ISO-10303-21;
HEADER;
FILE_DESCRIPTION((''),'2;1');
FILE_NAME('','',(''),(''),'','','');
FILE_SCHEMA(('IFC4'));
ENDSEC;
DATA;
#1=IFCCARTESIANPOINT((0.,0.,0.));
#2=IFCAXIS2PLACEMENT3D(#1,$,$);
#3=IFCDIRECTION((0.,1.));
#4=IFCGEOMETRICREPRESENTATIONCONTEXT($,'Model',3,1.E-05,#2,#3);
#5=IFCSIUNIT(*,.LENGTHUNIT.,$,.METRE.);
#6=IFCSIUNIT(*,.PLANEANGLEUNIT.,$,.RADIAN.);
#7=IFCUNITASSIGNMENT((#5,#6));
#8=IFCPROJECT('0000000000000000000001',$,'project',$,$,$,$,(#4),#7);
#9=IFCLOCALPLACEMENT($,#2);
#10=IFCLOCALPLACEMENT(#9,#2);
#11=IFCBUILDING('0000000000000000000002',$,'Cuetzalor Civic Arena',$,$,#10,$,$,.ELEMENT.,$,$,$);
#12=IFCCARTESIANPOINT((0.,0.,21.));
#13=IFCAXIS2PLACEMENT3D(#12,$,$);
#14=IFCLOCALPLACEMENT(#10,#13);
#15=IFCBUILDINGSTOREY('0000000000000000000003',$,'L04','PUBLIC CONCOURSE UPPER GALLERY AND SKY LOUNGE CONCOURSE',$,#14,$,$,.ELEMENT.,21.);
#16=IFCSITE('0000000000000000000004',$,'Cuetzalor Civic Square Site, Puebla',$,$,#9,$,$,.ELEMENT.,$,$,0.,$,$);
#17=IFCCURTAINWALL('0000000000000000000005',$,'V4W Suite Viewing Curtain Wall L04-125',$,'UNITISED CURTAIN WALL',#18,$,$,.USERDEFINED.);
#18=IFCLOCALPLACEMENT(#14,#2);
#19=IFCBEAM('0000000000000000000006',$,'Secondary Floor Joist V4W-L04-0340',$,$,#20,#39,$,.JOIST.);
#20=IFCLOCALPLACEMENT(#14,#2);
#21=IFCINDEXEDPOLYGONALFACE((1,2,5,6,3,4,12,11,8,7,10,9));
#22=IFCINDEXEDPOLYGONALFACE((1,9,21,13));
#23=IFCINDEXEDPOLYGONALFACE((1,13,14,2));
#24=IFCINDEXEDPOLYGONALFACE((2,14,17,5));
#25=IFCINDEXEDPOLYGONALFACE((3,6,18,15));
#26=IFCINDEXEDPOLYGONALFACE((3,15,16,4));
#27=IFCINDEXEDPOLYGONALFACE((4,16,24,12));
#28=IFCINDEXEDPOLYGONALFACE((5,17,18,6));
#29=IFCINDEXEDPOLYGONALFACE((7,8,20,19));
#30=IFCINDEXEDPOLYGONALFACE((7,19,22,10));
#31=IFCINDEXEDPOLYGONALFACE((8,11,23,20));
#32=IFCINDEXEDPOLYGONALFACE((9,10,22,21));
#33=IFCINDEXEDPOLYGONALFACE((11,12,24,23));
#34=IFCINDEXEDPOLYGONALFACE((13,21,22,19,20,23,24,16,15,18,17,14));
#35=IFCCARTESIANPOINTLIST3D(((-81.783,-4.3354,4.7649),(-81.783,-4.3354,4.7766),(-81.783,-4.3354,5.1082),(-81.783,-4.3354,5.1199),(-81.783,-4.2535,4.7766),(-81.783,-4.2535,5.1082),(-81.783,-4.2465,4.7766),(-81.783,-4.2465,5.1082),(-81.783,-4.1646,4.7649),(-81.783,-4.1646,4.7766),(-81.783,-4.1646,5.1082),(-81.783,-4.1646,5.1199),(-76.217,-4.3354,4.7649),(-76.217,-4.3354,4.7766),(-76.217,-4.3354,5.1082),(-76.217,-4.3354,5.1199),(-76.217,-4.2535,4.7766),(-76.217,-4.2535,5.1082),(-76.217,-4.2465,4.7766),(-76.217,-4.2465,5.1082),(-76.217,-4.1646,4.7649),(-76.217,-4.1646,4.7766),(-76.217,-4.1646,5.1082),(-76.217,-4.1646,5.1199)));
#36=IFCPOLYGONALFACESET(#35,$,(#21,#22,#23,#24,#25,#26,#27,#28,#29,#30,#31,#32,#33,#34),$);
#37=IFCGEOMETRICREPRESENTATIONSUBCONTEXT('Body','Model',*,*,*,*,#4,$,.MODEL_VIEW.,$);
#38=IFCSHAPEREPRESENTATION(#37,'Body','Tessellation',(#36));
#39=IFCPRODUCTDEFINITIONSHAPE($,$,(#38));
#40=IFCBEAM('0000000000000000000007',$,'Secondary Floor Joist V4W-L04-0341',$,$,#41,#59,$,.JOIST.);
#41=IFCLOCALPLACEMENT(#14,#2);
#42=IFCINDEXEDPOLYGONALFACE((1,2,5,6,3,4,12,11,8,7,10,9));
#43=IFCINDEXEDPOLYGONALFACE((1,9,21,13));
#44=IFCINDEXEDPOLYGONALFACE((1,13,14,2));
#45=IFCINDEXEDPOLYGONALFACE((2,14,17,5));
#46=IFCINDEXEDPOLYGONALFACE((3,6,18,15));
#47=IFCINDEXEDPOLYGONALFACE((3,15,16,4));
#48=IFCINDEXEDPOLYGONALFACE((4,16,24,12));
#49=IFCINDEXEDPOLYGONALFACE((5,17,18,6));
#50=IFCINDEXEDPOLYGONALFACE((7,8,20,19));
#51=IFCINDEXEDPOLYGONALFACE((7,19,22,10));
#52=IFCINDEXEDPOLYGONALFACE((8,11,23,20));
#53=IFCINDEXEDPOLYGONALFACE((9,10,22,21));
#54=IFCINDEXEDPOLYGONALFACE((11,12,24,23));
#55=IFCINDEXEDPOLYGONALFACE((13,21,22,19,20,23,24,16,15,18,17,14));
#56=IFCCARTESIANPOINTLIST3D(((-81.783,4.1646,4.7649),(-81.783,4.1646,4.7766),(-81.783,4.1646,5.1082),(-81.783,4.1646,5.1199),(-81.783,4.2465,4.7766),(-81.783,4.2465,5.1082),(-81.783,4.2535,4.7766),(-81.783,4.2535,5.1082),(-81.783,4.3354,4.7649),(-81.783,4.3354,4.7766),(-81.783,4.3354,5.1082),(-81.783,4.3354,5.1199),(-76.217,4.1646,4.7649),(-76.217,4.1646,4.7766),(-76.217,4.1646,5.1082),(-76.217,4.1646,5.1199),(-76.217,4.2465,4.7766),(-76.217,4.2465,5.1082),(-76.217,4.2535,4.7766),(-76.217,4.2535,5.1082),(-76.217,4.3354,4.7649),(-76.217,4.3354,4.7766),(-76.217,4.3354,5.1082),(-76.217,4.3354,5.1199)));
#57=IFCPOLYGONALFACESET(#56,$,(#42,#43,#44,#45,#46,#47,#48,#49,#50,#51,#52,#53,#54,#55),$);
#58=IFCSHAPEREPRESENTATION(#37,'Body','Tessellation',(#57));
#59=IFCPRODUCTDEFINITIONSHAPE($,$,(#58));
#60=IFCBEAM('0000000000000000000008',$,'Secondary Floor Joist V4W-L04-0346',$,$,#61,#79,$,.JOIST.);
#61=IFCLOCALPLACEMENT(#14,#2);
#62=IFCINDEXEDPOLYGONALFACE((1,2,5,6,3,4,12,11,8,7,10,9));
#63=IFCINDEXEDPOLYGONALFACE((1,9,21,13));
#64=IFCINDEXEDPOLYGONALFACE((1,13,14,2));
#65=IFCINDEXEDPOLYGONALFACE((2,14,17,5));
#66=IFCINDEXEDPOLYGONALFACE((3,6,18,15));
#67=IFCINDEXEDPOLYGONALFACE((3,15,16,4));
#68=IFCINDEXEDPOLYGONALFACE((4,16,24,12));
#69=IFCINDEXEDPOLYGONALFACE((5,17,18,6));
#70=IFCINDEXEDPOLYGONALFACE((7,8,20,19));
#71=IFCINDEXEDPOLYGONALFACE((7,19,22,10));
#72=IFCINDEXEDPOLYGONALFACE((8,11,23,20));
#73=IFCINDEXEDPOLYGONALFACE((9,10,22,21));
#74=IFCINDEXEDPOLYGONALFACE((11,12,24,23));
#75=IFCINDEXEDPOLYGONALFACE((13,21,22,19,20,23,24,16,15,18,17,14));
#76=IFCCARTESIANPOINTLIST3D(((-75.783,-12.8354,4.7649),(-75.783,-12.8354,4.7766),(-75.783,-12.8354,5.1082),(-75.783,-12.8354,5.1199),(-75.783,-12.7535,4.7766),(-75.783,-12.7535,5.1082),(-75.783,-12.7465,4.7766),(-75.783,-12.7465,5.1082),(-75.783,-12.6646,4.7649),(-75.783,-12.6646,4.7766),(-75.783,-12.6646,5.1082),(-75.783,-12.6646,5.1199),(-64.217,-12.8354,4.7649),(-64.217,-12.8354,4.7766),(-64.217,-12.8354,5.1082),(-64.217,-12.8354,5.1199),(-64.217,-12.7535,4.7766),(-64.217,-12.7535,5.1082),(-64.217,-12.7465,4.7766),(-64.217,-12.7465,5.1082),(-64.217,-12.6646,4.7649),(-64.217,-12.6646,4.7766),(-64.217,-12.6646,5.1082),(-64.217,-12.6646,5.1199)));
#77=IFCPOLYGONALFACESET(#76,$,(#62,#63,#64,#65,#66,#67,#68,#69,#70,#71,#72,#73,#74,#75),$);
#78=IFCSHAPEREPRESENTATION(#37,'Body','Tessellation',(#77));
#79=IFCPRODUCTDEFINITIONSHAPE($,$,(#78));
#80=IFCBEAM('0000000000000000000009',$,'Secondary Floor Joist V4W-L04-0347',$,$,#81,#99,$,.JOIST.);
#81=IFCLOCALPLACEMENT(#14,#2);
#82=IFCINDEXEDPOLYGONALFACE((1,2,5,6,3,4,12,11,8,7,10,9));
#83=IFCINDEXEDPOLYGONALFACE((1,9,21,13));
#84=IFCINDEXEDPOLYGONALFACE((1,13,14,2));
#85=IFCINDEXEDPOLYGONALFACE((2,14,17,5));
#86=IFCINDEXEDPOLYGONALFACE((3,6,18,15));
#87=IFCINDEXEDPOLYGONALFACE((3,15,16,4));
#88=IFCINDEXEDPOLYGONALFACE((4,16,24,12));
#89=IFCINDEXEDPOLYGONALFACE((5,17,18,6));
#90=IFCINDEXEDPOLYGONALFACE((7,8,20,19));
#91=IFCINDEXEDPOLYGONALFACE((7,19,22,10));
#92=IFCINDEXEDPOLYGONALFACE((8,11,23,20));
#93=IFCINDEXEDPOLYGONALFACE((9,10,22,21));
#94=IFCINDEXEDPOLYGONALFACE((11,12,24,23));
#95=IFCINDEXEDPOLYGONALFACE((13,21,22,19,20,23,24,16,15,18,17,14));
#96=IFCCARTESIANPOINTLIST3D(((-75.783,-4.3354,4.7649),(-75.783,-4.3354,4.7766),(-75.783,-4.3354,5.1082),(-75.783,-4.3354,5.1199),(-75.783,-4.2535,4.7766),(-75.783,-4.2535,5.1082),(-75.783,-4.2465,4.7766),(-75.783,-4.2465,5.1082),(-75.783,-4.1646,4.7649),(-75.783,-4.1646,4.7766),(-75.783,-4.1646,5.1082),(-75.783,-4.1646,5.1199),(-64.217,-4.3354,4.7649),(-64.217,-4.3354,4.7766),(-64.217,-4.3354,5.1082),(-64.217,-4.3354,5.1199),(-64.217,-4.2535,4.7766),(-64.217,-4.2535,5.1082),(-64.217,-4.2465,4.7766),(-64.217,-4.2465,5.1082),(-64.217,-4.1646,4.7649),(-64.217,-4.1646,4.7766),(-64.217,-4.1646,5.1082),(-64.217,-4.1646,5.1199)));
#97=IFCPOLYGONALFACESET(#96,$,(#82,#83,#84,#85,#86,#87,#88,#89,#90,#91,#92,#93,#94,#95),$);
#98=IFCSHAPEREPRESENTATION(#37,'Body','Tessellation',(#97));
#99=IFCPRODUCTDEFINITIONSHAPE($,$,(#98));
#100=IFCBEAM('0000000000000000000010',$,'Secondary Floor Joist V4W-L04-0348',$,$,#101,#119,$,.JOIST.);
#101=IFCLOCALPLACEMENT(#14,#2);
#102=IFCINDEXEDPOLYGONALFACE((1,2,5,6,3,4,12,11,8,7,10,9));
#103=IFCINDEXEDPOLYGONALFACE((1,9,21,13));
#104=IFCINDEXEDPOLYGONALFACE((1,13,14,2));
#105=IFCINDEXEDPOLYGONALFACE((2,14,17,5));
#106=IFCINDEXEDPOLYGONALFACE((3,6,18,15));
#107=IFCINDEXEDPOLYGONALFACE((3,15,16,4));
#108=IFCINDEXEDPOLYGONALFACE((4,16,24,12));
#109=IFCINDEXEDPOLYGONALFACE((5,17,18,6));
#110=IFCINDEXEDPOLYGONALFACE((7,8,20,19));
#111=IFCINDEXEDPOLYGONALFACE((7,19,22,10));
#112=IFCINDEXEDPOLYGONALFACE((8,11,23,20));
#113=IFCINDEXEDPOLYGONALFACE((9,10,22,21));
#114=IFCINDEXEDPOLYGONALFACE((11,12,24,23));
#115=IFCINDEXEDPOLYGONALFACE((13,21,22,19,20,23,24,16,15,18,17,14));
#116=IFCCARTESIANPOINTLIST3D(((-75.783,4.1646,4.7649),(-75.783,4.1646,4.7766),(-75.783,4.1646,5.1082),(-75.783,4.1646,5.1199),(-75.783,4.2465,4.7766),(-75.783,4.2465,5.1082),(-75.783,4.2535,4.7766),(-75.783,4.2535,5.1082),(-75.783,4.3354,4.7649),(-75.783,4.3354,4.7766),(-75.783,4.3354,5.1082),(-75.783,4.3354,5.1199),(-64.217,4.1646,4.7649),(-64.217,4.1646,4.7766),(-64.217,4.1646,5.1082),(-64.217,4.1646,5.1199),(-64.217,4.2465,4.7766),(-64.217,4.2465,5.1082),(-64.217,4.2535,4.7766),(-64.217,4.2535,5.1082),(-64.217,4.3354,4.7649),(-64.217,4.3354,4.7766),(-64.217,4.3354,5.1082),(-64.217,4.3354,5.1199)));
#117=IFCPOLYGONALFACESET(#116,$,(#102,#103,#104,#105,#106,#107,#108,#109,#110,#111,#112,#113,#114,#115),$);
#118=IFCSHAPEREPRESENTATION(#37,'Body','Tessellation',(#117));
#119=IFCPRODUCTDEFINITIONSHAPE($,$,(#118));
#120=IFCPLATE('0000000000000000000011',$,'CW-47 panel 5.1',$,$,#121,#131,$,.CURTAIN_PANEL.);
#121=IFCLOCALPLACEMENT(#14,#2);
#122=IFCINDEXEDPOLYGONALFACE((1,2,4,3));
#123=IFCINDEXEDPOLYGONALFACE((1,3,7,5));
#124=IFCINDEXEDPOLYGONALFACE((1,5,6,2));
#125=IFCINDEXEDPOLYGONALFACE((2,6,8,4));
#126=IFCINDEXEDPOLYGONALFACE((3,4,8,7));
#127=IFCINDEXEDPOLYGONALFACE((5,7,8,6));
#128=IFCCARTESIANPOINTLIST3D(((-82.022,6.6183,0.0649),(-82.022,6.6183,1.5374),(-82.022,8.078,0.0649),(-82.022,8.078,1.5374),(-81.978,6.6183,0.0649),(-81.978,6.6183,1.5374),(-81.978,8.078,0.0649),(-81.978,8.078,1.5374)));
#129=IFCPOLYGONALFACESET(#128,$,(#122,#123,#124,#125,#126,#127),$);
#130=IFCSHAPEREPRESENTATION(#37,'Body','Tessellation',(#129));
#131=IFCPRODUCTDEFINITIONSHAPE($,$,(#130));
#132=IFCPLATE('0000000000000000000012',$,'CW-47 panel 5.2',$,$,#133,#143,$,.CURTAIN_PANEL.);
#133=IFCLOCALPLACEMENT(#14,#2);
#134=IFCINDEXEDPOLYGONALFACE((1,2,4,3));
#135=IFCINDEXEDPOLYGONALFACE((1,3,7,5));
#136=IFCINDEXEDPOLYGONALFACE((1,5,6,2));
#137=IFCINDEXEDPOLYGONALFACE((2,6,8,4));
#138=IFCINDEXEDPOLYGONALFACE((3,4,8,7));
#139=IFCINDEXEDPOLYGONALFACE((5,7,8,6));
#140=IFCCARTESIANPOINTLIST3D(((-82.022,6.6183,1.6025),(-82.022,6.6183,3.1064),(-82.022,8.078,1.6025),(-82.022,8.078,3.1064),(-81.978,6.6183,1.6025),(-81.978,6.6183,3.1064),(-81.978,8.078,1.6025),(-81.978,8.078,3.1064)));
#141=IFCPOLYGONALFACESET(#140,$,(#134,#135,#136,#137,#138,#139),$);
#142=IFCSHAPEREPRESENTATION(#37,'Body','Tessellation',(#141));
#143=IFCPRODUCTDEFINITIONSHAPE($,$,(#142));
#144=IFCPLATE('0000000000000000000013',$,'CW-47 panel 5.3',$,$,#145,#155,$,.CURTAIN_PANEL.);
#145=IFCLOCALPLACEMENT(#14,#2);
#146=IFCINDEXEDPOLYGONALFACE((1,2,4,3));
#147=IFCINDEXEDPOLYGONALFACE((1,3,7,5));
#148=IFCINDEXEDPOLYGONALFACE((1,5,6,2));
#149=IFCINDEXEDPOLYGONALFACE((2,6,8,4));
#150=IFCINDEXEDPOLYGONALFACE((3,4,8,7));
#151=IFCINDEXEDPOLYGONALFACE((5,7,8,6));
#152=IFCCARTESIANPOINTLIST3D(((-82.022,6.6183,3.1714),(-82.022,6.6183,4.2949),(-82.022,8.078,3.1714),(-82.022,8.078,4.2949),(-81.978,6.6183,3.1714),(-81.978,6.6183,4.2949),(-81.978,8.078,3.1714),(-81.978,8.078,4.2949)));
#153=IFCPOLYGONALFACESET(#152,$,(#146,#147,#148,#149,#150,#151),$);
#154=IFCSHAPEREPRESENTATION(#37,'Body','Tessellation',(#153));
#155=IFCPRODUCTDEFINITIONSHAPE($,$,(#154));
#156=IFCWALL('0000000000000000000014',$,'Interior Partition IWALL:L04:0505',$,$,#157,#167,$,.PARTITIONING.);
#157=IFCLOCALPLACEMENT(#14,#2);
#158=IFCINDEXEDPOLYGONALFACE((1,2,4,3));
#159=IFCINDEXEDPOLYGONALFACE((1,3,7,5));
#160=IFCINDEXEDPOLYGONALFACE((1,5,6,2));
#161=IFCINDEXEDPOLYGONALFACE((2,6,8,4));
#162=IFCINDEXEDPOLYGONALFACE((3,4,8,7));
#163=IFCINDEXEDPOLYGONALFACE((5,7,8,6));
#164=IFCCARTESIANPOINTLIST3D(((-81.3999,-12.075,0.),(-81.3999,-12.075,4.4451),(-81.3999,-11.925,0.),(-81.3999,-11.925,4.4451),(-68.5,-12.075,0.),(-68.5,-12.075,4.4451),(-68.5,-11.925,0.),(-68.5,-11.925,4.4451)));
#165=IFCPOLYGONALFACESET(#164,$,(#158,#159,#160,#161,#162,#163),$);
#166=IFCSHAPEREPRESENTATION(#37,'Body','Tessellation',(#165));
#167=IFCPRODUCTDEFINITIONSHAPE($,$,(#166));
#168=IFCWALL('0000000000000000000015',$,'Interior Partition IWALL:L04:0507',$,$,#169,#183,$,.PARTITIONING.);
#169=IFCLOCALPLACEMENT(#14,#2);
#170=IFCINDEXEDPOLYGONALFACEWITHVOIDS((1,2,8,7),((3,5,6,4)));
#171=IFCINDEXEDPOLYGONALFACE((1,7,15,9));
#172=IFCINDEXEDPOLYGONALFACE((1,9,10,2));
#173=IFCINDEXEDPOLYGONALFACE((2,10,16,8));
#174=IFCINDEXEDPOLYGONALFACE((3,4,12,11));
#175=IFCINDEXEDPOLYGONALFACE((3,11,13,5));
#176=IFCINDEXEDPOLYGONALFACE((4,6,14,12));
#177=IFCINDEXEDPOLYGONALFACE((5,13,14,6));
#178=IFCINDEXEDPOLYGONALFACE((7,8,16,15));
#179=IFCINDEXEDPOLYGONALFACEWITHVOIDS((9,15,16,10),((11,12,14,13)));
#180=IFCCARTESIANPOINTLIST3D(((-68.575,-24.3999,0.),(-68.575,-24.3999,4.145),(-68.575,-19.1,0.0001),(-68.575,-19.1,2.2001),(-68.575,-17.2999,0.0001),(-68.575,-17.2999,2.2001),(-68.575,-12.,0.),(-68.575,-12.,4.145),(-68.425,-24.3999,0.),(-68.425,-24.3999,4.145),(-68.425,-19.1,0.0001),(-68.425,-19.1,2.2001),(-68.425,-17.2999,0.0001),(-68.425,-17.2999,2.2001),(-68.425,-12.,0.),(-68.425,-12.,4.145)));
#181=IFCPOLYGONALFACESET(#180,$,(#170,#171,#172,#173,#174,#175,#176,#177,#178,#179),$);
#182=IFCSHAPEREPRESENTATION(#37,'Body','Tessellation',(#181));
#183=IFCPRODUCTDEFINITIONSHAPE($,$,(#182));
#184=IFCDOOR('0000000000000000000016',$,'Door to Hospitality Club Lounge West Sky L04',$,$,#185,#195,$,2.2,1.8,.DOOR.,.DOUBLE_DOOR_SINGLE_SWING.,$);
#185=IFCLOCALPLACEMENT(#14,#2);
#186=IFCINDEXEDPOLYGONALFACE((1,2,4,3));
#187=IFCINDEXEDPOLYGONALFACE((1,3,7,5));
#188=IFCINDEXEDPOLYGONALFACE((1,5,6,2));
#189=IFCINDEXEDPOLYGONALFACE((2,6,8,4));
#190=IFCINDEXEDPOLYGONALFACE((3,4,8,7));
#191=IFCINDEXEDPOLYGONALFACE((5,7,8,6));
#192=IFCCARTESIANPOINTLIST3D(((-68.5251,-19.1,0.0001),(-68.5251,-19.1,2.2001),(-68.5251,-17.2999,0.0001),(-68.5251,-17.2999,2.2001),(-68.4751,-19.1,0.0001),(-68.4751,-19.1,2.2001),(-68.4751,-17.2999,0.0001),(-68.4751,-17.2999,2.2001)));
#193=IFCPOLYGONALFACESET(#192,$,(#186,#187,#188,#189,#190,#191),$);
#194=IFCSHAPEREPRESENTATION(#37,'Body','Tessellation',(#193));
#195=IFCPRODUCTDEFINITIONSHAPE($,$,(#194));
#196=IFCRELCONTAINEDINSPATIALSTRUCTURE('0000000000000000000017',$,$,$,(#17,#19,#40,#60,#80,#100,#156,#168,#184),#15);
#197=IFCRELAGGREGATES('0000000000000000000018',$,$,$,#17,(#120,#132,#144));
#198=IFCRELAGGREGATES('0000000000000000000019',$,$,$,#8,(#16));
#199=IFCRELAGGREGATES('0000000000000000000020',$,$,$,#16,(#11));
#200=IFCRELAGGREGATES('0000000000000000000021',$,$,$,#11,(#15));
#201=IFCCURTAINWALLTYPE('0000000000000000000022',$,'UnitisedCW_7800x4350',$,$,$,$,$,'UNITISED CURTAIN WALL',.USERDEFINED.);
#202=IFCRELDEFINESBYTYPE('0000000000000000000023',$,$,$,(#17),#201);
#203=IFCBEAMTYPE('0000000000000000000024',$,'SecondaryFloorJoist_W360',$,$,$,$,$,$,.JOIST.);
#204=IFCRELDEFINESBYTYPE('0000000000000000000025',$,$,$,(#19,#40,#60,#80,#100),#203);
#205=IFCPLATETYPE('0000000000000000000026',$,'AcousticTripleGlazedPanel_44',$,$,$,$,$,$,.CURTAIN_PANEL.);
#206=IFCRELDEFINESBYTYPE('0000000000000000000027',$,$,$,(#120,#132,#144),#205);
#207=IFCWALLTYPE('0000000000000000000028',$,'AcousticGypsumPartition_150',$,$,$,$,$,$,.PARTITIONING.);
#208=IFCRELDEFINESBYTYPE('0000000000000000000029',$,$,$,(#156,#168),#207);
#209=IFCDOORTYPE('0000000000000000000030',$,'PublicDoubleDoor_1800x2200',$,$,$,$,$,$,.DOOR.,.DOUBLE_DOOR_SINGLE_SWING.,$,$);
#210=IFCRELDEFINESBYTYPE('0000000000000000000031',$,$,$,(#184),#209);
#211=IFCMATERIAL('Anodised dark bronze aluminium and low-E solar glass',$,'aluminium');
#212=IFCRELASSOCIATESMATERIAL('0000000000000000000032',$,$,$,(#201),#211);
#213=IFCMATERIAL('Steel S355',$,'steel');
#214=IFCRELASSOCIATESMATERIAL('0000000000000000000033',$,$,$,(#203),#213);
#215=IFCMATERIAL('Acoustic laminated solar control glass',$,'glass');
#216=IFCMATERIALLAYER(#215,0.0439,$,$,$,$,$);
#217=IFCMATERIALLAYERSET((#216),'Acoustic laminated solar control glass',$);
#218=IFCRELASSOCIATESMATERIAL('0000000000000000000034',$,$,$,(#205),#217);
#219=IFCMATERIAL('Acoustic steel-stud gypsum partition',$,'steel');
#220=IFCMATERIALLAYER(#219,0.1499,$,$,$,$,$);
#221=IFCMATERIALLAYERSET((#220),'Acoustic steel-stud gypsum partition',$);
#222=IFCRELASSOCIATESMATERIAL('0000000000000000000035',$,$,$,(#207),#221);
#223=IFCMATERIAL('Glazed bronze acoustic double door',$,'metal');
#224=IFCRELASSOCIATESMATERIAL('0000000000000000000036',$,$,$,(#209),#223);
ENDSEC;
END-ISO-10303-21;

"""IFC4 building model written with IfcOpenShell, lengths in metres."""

from ifc_helpers import new_model, si_unit, direction, frame, frame_2d, origin, origin_2d, place, context, subcontext, project, spatial, rectangle, i_section, extrude, material, layer, layer_set, material_profile, profile_set, type_object, element, fill, aggregate, save


model = new_model("IFC4")

# Units and contexts
model_context = context("Model", 3, precision=1e-05, world=origin(), true_north=direction((0.0, 1.0)))
body_context = subcontext(model_context, "Body", "Model", "MODEL_VIEW")
ifc_project = project(units=[si_unit("LENGTHUNIT", "METRE"), si_unit("PLANEANGLEUNIT", "RADIAN")], contexts=[model_context])

# Site, building, storey
site_placement = place(None, origin())
site = spatial("IfcSite", under=ifc_project, at=site_placement, Name="Cuetzalor Civic Square Site, Puebla", CompositionType="ELEMENT", RefElevation=0.0)
building_placement = place(site_placement, origin())
building = spatial("IfcBuilding", under=site, at=building_placement, Name="Cuetzalor Civic Arena", CompositionType="ELEMENT")
storey_placement = place(building_placement, frame((0.0, 0.0, 21.0)))
storey = spatial("IfcBuildingStorey", under=building, at=storey_placement, Name="L04", Description="PUBLIC CONCOURSE UPPER GALLERY AND SKY LOUNGE CONCOURSE", CompositionType="ELEMENT", Elevation=21.0)

# Curtain wall
ifc_material_1 = material(Name="Anodised dark bronze aluminium and low-E solar glass", Category="aluminium")
curtain_wall_type = type_object("IfcCurtainWallType", Name="UnitisedCW_7800x4350", ElementType="UNITISED CURTAIN WALL", PredefinedType="USERDEFINED", material=ifc_material_1)
curtain_wall_placement = place(storey_placement, origin())
curtain_wall = element("IfcCurtainWall", 1, at=curtain_wall_placement, inside=storey, type_object=curtain_wall_type, Name="V4W Suite Viewing Curtain Wall L04-125", ObjectType="UNITISED CURTAIN WALL", PredefinedType="USERDEFINED")

# Beams
ifc_material_2 = material(Name="Steel S355", Category="steel")
ifc_material_profile_1 = material_profile(ifc_material_2, i_section(OverallWidth=0.1709, OverallDepth=0.355, WebThickness=0.0071, FlangeThickness=0.0117, at=origin_2d()), Name="W360x51")
ifc_profile_set_1 = profile_set([ifc_material_profile_1], Name="Steel S355")
beam_type_1 = type_object("IfcBeamType", Name="SecondaryFloorJoist_W360", PredefinedType="JOIST", material=ifc_profile_set_1)
for number, where, z_axis, x_axis, name in (
    (2, (-81.783, -4.25, 4.9424), (1.0, 0.0, 0.0), (0.0, 1.0, 0.0), "Secondary Floor Joist V4W-L04-0340"),
    (3, (-81.783, 4.25, 4.9424), (1.0, 0.0, 0.0), (0.0, 1.0, 0.0), "Secondary Floor Joist V4W-L04-0341"),
):
    element("IfcBeam", number, at=place(storey_placement, frame(where, z_axis=z_axis, x_axis=x_axis)), inside=storey, type_object=beam_type_1, Name=name, PredefinedType="JOIST", context=body_context, shape_type="SweptSolid", body=[
        extrude(i_section(OverallWidth=0.1709, OverallDepth=0.355, WebThickness=0.0071, FlangeThickness=0.0117, at=origin_2d()), origin(), (0.0, 0.0, 1.0), 5.5659),
    ])
for number, where, z_axis, x_axis, name in (
    (4, (-75.783, -12.75, 4.9424), (1.0, 0.0, 0.0), (0.0, 1.0, 0.0), "Secondary Floor Joist V4W-L04-0346"),
    (5, (-75.783, -4.25, 4.9424), (1.0, 0.0, 0.0), (0.0, 1.0, 0.0), "Secondary Floor Joist V4W-L04-0347"),
    (6, (-75.783, 4.25, 4.9424), (1.0, 0.0, 0.0), (0.0, 1.0, 0.0), "Secondary Floor Joist V4W-L04-0348"),
):
    element("IfcBeam", number, at=place(storey_placement, frame(where, z_axis=z_axis, x_axis=x_axis)), inside=storey, type_object=beam_type_1, Name=name, PredefinedType="JOIST", context=body_context, shape_type="SweptSolid", body=[
        extrude(i_section(OverallWidth=0.1709, OverallDepth=0.355, WebThickness=0.0071, FlangeThickness=0.0117, at=origin_2d()), origin(), (0.0, 0.0, 1.0), 11.5659),
    ])

# Plates
ifc_material_3 = material(Name="Acoustic laminated solar control glass", Category="glass")
ifc_layer_1 = layer(ifc_material_3, 0.0439)
ifc_layer_set_1 = layer_set([ifc_layer_1], Name="Acoustic laminated solar control glass")
plate_type = type_object("IfcPlateType", Name="AcousticTripleGlazedPanel_44", PredefinedType="CURTAIN_PANEL", material=ifc_layer_set_1)
plate_1_placement = place(storey_placement, frame((-82.0, 7.3481, 0.0649), z_axis=(0.0, 0.0, 1.0), x_axis=(0.0, 1.0, 0.0)))
plate_1 = element("IfcPlate", 7, at=plate_1_placement, type_object=plate_type, Name="CW-47 panel 5.1", PredefinedType="CURTAIN_PANEL", context=body_context, shape_type="SweptSolid", body=[
    extrude(rectangle(XDim=1.4597, YDim=0.0439, at=origin_2d()), origin(), (0.0, 0.0, 1.0), 1.4724),
])
plate_2_placement = place(storey_placement, frame((-82.0, 7.3481, 1.6025), z_axis=(0.0, 0.0, 1.0), x_axis=(0.0, 1.0, 0.0)))
plate_2 = element("IfcPlate", 8, at=plate_2_placement, type_object=plate_type, Name="CW-47 panel 5.2", PredefinedType="CURTAIN_PANEL", context=body_context, shape_type="SweptSolid", body=[
    extrude(rectangle(XDim=1.4597, YDim=0.0439, at=origin_2d()), origin(), (0.0, 0.0, 1.0), 1.5039),
])
plate_3_placement = place(storey_placement, frame((-82.0, 7.3481, 3.1714), z_axis=(0.0, 0.0, 1.0), x_axis=(0.0, 1.0, 0.0)))
plate_3 = element("IfcPlate", 9, at=plate_3_placement, type_object=plate_type, Name="CW-47 panel 5.3", PredefinedType="CURTAIN_PANEL", context=body_context, shape_type="SweptSolid", body=[
    extrude(rectangle(XDim=1.4597, YDim=0.0439, at=origin_2d()), origin(), (0.0, 0.0, 1.0), 1.1235),
])
aggregate(curtain_wall, [plate_1, plate_2, plate_3])

# Wall
ifc_material_4 = material(Name="Acoustic steel-stud gypsum partition", Category="steel")
ifc_layer_2 = layer(ifc_material_4, 0.1499)
ifc_layer_set_2 = layer_set([ifc_layer_2], Name="Acoustic steel-stud gypsum partition")
wall_type_1 = type_object("IfcWallType", Name="AcousticGypsumPartition_150", PredefinedType="PARTITIONING", material=ifc_layer_set_2)
wall_1_placement = place(storey_placement, frame((-81.3999, -12.0, 0.0), z_axis=(0.0, 0.0, 1.0), x_axis=(1.0, 0.0, 0.0)))
element("IfcWall", 10, at=wall_1_placement, inside=storey, type_object=wall_type_1, Name="Interior Partition IWALL:L04:0505", PredefinedType="PARTITIONING", context=body_context, shape_type="SweptSolid", body=[
    extrude(rectangle(XDim=12.8999, YDim=0.1499, at=frame_2d((6.45, 0.0))), origin(), (0.0, 0.0, 1.0), 4.4451),
])

# Wall, opening, door
wall_2_placement = place(storey_placement, frame((-68.5, -12.0, 0.0), z_axis=(0.0, 0.0, 1.0), x_axis=(0.0, -1.0, 0.0)))
wall_2 = element("IfcWall", 11, at=wall_2_placement, inside=storey, type_object=wall_type_1, Name="Interior Partition IWALL:L04:0507", PredefinedType="PARTITIONING", context=body_context, shape_type="SweptSolid", body=[
    extrude(rectangle(XDim=12.3999, YDim=0.1499, at=frame_2d((6.2, 0.0))), origin(), (0.0, 0.0, 1.0), 4.145),
])
opening_1_placement = place(wall_2_placement, frame((5.3, 0.0, 0.0)))
opening_1 = element("IfcOpeningElement", 12, at=opening_1_placement, cuts=wall_2, PredefinedType="OPENING", context=body_context, shape_type="SweptSolid", body=[
    extrude(rectangle(XDim=1.8, YDim=2.2, at=frame_2d((0.8999, 1.1001))), frame((0.0, 0.085, 0.0), z_axis=(0.0, -1.0, 0.0), x_axis=(1.0, 0.0, 0.0)), (0.0, 0.0, 1.0), 0.1699),
])
ifc_material_5 = material(Name="Glazed bronze acoustic double door", Category="metal")
door_type_1 = type_object("IfcDoorType", Name="PublicDoubleDoor_1800x2200", OperationType="DOUBLE_DOOR_SINGLE_SWING", PredefinedType="DOOR", material=ifc_material_5)
door_1_placement = place(opening_1_placement, origin())
door_1 = element("IfcDoor", 13, at=door_1_placement, inside=storey, type_object=door_type_1, Name="Door to Hospitality Club Lounge West Sky L04", OperationType="DOUBLE_DOOR_SINGLE_SWING", OverallHeight=2.2, OverallWidth=1.8, PredefinedType="DOOR", context=body_context, shape_type="SweptSolid", body=[
    extrude(rectangle(XDim=1.8, YDim=2.2, at=frame_2d((0.8999, 1.1001))), frame((0.0, 0.0249, 0.0), z_axis=(0.0, -1.0, 0.0), x_axis=(1.0, 0.0, 0.0)), (0.0, 0.0, 1.0), 0.05),
])
fill(opening_1, door_1)

save(model, "model.ifc")
